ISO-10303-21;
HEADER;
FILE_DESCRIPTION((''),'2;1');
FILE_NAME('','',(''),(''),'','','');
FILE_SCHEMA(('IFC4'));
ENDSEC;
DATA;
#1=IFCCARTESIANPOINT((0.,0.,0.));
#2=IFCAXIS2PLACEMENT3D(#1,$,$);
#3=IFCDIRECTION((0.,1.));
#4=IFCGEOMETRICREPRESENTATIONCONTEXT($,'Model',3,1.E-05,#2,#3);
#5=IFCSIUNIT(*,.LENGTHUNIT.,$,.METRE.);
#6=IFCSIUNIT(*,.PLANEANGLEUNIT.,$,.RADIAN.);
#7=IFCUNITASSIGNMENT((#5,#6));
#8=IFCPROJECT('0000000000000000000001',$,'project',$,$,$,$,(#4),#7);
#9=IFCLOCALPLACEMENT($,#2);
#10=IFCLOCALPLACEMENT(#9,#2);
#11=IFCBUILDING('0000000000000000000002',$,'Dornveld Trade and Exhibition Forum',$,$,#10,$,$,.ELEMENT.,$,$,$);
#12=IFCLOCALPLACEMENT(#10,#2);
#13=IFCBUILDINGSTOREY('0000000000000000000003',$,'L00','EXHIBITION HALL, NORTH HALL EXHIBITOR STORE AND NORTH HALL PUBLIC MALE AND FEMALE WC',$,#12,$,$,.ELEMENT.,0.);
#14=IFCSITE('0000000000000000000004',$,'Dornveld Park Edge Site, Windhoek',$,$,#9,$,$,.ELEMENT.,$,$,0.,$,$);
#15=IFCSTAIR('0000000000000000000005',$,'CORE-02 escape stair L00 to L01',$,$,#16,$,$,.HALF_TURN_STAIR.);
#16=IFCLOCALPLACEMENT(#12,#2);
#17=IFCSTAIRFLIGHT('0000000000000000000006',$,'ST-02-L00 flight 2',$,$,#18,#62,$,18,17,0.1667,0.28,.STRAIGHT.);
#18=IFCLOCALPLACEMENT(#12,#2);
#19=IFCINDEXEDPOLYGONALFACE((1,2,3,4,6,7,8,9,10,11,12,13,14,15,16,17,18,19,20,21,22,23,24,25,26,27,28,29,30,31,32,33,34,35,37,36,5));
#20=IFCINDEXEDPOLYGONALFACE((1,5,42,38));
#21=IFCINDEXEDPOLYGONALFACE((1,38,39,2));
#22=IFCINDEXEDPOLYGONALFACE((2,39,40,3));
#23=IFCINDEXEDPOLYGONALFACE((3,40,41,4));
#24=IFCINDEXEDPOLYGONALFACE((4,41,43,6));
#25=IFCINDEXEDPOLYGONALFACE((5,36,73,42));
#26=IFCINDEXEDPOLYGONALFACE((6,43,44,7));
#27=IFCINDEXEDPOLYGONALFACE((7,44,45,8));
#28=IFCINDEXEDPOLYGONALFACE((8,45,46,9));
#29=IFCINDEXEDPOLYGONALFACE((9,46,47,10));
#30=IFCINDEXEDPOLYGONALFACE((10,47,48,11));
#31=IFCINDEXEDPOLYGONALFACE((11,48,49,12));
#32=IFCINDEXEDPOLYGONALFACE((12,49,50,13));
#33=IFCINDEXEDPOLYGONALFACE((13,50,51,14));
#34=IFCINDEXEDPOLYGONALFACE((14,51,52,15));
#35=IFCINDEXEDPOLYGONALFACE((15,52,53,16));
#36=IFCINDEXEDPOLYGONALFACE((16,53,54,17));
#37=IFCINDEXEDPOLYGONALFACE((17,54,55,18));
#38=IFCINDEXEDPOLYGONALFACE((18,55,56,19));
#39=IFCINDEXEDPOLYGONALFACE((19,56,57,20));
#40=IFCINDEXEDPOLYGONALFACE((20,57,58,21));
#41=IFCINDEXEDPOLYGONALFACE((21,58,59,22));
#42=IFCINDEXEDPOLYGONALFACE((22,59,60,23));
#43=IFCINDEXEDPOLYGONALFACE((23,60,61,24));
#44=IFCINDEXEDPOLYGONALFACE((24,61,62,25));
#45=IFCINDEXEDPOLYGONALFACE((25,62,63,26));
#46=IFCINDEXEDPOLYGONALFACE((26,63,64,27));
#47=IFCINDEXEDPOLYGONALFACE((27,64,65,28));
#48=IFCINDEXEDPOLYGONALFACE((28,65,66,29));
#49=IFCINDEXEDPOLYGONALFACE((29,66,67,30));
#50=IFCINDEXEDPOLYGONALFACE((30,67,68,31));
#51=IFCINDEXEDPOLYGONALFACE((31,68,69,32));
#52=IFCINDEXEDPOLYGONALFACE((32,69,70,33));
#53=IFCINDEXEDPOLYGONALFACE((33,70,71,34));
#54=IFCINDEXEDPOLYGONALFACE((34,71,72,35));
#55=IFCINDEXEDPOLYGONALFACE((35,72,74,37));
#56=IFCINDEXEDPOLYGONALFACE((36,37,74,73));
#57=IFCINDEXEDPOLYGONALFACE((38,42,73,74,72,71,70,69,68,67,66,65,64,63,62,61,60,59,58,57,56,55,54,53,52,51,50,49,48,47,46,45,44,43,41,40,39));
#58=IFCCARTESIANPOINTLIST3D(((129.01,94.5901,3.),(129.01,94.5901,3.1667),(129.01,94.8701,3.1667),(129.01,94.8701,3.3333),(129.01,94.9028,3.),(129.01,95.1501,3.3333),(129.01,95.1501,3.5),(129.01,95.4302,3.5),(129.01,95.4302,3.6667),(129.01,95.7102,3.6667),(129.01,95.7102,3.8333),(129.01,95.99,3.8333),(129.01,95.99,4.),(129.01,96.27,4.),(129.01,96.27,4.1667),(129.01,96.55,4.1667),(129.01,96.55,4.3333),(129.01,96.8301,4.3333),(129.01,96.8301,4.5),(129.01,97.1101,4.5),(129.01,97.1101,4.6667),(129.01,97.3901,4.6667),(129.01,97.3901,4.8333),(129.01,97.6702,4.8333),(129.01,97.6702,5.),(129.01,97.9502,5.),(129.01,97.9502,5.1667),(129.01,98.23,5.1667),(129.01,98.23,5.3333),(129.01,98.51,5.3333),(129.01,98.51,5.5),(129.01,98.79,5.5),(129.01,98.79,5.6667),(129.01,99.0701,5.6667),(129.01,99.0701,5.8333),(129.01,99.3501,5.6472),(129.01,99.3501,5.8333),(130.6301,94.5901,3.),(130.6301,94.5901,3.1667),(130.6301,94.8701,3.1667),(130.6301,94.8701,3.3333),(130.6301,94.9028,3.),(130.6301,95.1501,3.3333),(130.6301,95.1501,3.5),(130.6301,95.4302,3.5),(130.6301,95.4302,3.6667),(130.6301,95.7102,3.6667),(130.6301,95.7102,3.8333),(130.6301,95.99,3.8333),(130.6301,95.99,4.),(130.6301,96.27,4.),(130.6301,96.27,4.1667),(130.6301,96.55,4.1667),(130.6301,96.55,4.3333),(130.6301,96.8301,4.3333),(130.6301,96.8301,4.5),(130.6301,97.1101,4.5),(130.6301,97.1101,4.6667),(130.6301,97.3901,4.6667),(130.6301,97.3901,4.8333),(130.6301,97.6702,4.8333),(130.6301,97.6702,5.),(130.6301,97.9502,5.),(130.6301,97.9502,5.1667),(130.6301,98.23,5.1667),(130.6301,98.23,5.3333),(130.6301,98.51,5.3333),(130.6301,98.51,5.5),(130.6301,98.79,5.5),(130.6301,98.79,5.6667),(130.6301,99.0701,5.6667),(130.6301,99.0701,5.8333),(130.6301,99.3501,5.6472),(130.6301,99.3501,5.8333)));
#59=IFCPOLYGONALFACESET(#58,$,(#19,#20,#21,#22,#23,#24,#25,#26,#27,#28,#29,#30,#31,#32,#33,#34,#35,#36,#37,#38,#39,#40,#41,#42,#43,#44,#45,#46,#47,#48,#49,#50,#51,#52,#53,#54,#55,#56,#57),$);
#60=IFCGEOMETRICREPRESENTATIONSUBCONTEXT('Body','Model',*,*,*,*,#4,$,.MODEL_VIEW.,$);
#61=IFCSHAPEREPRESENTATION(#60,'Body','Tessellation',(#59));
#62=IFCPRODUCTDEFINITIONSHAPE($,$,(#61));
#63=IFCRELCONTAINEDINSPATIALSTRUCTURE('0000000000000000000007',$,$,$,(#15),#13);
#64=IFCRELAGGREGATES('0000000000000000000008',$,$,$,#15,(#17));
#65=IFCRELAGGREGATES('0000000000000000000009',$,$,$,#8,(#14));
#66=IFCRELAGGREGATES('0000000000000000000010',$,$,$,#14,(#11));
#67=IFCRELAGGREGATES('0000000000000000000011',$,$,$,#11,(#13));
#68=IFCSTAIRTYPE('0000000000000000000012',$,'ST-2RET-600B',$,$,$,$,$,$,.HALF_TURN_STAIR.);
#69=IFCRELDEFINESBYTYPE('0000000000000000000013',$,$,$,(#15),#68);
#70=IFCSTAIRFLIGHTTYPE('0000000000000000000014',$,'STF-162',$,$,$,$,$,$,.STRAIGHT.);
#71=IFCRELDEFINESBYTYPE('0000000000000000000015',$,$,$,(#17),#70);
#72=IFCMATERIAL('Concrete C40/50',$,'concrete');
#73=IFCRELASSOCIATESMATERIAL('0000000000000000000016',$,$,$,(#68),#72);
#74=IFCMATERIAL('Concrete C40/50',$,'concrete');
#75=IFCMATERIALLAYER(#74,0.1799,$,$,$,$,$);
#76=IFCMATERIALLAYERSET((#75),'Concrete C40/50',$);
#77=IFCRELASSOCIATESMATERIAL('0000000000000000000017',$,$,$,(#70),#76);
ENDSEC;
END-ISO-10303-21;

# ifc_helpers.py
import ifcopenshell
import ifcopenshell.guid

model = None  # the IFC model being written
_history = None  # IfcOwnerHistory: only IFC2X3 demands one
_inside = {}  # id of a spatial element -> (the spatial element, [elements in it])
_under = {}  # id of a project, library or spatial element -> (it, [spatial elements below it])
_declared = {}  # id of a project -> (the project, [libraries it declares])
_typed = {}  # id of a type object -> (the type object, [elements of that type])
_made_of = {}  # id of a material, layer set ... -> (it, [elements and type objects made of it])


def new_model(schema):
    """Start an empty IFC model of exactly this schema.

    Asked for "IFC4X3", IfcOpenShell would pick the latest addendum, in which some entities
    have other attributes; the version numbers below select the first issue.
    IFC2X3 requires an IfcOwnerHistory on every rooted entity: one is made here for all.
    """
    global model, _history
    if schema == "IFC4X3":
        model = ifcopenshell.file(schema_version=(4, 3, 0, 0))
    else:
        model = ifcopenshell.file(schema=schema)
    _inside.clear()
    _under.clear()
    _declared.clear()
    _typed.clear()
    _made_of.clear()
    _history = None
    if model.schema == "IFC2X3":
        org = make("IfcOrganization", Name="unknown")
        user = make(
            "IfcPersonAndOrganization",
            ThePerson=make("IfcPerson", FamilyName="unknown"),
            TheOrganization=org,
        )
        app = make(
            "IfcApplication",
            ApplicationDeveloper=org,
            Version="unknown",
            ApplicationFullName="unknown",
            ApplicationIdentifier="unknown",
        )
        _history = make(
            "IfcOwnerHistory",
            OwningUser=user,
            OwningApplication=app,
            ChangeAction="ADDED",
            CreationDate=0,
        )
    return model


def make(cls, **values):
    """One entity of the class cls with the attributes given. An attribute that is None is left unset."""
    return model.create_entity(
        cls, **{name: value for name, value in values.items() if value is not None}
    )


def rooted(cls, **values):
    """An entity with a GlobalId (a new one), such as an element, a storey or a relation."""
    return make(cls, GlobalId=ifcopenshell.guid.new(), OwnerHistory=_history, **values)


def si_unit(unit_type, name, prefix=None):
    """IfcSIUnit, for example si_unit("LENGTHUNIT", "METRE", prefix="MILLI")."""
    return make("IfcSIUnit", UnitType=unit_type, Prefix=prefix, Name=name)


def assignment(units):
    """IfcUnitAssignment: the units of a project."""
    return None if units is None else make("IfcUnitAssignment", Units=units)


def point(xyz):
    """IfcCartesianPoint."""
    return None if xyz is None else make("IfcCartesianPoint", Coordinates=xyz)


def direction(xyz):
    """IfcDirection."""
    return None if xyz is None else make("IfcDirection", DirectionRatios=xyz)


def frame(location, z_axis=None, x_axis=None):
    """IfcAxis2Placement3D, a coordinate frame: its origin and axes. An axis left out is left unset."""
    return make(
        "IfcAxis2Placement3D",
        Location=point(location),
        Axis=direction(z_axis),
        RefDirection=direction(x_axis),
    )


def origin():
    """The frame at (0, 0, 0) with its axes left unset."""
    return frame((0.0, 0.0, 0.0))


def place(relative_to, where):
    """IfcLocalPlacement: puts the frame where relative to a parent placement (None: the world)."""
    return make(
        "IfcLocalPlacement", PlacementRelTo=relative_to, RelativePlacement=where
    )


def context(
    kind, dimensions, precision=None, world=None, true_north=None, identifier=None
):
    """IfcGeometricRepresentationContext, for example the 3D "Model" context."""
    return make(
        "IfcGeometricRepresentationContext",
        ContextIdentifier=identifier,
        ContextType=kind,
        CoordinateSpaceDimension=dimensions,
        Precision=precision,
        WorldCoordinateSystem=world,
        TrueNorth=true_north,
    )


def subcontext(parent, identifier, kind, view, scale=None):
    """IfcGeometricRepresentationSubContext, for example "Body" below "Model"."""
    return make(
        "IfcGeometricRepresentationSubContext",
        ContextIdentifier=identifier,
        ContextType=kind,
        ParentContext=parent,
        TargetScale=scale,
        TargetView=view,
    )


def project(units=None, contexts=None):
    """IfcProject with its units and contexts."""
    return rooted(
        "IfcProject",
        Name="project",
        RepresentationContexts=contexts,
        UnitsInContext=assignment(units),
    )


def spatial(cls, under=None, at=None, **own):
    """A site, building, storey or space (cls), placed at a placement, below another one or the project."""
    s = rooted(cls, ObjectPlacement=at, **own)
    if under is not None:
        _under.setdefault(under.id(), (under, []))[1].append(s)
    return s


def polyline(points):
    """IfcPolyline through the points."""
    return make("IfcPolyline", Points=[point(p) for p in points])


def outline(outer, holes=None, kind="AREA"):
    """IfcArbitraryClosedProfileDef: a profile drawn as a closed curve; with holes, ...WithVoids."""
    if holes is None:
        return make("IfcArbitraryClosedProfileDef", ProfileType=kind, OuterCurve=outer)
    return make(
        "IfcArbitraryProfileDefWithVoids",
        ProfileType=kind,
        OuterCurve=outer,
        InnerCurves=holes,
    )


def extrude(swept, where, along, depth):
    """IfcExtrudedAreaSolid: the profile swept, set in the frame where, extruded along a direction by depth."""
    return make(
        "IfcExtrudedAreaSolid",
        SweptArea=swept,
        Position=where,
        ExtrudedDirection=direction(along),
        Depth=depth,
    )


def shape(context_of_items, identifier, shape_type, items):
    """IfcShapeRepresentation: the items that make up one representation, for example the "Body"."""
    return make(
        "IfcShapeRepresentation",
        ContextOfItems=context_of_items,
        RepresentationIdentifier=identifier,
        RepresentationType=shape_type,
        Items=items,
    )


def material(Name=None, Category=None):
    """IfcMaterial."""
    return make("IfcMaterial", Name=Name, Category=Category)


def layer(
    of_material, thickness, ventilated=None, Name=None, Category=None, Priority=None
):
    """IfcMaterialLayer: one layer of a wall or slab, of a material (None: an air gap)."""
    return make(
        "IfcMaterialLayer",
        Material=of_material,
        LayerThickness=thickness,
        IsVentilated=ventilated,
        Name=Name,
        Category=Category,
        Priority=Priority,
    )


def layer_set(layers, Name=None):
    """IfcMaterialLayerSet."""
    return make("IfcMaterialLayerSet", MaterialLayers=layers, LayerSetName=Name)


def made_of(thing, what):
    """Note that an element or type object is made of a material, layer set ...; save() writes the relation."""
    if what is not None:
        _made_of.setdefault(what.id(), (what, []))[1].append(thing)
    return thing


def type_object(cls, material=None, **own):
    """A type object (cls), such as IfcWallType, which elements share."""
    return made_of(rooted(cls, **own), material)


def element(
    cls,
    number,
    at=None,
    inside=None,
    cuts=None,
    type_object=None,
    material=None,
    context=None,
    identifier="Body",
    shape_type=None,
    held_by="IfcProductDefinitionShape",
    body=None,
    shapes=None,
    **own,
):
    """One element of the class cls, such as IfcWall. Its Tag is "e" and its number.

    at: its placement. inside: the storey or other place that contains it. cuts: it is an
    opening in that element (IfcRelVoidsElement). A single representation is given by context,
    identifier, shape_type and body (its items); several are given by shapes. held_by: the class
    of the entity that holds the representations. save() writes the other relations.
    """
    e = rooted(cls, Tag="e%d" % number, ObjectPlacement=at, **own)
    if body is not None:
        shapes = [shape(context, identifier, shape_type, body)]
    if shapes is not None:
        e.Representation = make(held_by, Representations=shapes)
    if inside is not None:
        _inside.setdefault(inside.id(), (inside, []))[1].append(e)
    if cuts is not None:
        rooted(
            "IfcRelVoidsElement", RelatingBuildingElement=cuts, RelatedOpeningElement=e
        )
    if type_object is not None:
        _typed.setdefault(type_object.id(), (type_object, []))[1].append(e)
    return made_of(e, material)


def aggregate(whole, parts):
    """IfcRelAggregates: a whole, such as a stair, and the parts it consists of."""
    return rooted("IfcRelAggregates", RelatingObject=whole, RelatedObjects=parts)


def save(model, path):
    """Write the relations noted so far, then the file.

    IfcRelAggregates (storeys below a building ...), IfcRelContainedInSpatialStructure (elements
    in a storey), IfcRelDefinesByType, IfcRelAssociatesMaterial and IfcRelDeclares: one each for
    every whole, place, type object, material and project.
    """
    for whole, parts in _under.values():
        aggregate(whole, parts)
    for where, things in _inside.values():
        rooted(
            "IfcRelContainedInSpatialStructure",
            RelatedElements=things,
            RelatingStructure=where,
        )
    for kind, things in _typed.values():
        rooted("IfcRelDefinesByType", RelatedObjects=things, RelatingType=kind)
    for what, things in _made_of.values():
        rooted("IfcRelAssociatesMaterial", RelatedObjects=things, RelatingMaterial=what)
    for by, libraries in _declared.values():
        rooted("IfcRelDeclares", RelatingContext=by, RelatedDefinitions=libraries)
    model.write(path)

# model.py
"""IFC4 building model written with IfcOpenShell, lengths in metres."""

from ifc_helpers import new_model, si_unit, direction, frame, origin, place, context, subcontext, project, spatial, polyline, outline, extrude, material, layer, layer_set, type_object, element, aggregate, save


model = new_model("IFC4")

# Units and contexts
model_context = context("Model", 3, precision=1e-05, world=origin(), true_north=direction((0.0, 1.0)))
body_context = subcontext(model_context, "Body", "Model", "MODEL_VIEW")
ifc_project = project(units=[si_unit("LENGTHUNIT", "METRE"), si_unit("PLANEANGLEUNIT", "RADIAN")], contexts=[model_context])

# Site, building, storey
site_placement = place(None, origin())
site = spatial("IfcSite", under=ifc_project, at=site_placement, Name="Dornveld Park Edge Site, Windhoek", CompositionType="ELEMENT", RefElevation=0.0)
building_placement = place(site_placement, origin())
building = spatial("IfcBuilding", under=site, at=building_placement, Name="Dornveld Trade and Exhibition Forum", CompositionType="ELEMENT")
storey_placement = place(building_placement, origin())
storey = spatial("IfcBuildingStorey", under=building, at=storey_placement, Name="L00", Description="EXHIBITION HALL, NORTH HALL EXHIBITOR STORE AND NORTH HALL PUBLIC MALE AND FEMALE WC", CompositionType="ELEMENT", Elevation=0.0)

# Stair, stair flight
ifc_material_1 = material(Name="Concrete C40/50", Category="concrete")
stair_type = type_object("IfcStairType", Name="ST-2RET-600B", PredefinedType="HALF_TURN_STAIR", material=ifc_material_1)
stair_placement = place(storey_placement, origin())
stair = element("IfcStair", 1, at=stair_placement, inside=storey, type_object=stair_type, Name="CORE-02 escape stair L00 to L01", PredefinedType="HALF_TURN_STAIR")
ifc_material_2 = material(Name="Concrete C40/50", Category="concrete")
ifc_layer_1 = layer(ifc_material_2, 0.1799)
ifc_layer_set_1 = layer_set([ifc_layer_1], Name="Concrete C40/50")
stair_flight_type = type_object("IfcStairFlightType", Name="STF-162", PredefinedType="STRAIGHT", material=ifc_layer_set_1)
stair_flight_placement = place(storey_placement, frame((129.8201, 94.5901, 3.0), z_axis=(0.0, 0.0, 1.0), x_axis=(0.0, 1.0, 0.0)))
stair_flight = element("IfcStairFlight", 2, at=stair_flight_placement, type_object=stair_flight_type, Name="ST-02-L00 flight 2", NumberOfRisers=18, NumberOfTreads=17, PredefinedType="STRAIGHT", RiserHeight=0.1667, TreadLength=0.28, context=body_context, shape_type="SweptSolid", body=[
    extrude(outline(polyline([(0.0, 0.0), (0.0, 0.1667), (0.28, 0.1667), (0.28, 0.3333), (0.5601, 0.3333), (0.5601, 0.5), (0.8401, 0.5), (0.8401, 0.6667), (1.1201, 0.6667), (1.1201, 0.8333), (1.3999, 0.8333), (1.3999, 1.0), (1.6799, 1.0), (1.6799, 1.1667), (1.96, 1.1667), (1.96, 1.3333), (2.24, 1.3333), (2.24, 1.5), (2.52, 1.5), (2.52, 1.6667), (2.8, 1.6667), (2.8, 1.8333), (3.0801, 1.8333), (3.0801, 2.0), (3.3601, 2.0), (3.3601, 2.1667), (3.6399, 2.1667), (3.6399, 2.3333), (3.9199, 2.3333), (3.9199, 2.5), (4.2, 2.5), (4.2, 2.6667), (4.48, 2.6667), (4.48, 2.8333), (4.76, 2.8333), (4.76, 3.0), (4.76, 2.6472), (0.3127, 0.0), (0.0, 0.0)])), frame((0.0, 0.8101, 0.0), z_axis=(0.0, -1.0, 0.0), x_axis=(1.0, 0.0, 0.0)), (0.0, 0.0, 1.0), 1.6201),
])
aggregate(stair, [stair_flight])

save(model, "model.ifc")
